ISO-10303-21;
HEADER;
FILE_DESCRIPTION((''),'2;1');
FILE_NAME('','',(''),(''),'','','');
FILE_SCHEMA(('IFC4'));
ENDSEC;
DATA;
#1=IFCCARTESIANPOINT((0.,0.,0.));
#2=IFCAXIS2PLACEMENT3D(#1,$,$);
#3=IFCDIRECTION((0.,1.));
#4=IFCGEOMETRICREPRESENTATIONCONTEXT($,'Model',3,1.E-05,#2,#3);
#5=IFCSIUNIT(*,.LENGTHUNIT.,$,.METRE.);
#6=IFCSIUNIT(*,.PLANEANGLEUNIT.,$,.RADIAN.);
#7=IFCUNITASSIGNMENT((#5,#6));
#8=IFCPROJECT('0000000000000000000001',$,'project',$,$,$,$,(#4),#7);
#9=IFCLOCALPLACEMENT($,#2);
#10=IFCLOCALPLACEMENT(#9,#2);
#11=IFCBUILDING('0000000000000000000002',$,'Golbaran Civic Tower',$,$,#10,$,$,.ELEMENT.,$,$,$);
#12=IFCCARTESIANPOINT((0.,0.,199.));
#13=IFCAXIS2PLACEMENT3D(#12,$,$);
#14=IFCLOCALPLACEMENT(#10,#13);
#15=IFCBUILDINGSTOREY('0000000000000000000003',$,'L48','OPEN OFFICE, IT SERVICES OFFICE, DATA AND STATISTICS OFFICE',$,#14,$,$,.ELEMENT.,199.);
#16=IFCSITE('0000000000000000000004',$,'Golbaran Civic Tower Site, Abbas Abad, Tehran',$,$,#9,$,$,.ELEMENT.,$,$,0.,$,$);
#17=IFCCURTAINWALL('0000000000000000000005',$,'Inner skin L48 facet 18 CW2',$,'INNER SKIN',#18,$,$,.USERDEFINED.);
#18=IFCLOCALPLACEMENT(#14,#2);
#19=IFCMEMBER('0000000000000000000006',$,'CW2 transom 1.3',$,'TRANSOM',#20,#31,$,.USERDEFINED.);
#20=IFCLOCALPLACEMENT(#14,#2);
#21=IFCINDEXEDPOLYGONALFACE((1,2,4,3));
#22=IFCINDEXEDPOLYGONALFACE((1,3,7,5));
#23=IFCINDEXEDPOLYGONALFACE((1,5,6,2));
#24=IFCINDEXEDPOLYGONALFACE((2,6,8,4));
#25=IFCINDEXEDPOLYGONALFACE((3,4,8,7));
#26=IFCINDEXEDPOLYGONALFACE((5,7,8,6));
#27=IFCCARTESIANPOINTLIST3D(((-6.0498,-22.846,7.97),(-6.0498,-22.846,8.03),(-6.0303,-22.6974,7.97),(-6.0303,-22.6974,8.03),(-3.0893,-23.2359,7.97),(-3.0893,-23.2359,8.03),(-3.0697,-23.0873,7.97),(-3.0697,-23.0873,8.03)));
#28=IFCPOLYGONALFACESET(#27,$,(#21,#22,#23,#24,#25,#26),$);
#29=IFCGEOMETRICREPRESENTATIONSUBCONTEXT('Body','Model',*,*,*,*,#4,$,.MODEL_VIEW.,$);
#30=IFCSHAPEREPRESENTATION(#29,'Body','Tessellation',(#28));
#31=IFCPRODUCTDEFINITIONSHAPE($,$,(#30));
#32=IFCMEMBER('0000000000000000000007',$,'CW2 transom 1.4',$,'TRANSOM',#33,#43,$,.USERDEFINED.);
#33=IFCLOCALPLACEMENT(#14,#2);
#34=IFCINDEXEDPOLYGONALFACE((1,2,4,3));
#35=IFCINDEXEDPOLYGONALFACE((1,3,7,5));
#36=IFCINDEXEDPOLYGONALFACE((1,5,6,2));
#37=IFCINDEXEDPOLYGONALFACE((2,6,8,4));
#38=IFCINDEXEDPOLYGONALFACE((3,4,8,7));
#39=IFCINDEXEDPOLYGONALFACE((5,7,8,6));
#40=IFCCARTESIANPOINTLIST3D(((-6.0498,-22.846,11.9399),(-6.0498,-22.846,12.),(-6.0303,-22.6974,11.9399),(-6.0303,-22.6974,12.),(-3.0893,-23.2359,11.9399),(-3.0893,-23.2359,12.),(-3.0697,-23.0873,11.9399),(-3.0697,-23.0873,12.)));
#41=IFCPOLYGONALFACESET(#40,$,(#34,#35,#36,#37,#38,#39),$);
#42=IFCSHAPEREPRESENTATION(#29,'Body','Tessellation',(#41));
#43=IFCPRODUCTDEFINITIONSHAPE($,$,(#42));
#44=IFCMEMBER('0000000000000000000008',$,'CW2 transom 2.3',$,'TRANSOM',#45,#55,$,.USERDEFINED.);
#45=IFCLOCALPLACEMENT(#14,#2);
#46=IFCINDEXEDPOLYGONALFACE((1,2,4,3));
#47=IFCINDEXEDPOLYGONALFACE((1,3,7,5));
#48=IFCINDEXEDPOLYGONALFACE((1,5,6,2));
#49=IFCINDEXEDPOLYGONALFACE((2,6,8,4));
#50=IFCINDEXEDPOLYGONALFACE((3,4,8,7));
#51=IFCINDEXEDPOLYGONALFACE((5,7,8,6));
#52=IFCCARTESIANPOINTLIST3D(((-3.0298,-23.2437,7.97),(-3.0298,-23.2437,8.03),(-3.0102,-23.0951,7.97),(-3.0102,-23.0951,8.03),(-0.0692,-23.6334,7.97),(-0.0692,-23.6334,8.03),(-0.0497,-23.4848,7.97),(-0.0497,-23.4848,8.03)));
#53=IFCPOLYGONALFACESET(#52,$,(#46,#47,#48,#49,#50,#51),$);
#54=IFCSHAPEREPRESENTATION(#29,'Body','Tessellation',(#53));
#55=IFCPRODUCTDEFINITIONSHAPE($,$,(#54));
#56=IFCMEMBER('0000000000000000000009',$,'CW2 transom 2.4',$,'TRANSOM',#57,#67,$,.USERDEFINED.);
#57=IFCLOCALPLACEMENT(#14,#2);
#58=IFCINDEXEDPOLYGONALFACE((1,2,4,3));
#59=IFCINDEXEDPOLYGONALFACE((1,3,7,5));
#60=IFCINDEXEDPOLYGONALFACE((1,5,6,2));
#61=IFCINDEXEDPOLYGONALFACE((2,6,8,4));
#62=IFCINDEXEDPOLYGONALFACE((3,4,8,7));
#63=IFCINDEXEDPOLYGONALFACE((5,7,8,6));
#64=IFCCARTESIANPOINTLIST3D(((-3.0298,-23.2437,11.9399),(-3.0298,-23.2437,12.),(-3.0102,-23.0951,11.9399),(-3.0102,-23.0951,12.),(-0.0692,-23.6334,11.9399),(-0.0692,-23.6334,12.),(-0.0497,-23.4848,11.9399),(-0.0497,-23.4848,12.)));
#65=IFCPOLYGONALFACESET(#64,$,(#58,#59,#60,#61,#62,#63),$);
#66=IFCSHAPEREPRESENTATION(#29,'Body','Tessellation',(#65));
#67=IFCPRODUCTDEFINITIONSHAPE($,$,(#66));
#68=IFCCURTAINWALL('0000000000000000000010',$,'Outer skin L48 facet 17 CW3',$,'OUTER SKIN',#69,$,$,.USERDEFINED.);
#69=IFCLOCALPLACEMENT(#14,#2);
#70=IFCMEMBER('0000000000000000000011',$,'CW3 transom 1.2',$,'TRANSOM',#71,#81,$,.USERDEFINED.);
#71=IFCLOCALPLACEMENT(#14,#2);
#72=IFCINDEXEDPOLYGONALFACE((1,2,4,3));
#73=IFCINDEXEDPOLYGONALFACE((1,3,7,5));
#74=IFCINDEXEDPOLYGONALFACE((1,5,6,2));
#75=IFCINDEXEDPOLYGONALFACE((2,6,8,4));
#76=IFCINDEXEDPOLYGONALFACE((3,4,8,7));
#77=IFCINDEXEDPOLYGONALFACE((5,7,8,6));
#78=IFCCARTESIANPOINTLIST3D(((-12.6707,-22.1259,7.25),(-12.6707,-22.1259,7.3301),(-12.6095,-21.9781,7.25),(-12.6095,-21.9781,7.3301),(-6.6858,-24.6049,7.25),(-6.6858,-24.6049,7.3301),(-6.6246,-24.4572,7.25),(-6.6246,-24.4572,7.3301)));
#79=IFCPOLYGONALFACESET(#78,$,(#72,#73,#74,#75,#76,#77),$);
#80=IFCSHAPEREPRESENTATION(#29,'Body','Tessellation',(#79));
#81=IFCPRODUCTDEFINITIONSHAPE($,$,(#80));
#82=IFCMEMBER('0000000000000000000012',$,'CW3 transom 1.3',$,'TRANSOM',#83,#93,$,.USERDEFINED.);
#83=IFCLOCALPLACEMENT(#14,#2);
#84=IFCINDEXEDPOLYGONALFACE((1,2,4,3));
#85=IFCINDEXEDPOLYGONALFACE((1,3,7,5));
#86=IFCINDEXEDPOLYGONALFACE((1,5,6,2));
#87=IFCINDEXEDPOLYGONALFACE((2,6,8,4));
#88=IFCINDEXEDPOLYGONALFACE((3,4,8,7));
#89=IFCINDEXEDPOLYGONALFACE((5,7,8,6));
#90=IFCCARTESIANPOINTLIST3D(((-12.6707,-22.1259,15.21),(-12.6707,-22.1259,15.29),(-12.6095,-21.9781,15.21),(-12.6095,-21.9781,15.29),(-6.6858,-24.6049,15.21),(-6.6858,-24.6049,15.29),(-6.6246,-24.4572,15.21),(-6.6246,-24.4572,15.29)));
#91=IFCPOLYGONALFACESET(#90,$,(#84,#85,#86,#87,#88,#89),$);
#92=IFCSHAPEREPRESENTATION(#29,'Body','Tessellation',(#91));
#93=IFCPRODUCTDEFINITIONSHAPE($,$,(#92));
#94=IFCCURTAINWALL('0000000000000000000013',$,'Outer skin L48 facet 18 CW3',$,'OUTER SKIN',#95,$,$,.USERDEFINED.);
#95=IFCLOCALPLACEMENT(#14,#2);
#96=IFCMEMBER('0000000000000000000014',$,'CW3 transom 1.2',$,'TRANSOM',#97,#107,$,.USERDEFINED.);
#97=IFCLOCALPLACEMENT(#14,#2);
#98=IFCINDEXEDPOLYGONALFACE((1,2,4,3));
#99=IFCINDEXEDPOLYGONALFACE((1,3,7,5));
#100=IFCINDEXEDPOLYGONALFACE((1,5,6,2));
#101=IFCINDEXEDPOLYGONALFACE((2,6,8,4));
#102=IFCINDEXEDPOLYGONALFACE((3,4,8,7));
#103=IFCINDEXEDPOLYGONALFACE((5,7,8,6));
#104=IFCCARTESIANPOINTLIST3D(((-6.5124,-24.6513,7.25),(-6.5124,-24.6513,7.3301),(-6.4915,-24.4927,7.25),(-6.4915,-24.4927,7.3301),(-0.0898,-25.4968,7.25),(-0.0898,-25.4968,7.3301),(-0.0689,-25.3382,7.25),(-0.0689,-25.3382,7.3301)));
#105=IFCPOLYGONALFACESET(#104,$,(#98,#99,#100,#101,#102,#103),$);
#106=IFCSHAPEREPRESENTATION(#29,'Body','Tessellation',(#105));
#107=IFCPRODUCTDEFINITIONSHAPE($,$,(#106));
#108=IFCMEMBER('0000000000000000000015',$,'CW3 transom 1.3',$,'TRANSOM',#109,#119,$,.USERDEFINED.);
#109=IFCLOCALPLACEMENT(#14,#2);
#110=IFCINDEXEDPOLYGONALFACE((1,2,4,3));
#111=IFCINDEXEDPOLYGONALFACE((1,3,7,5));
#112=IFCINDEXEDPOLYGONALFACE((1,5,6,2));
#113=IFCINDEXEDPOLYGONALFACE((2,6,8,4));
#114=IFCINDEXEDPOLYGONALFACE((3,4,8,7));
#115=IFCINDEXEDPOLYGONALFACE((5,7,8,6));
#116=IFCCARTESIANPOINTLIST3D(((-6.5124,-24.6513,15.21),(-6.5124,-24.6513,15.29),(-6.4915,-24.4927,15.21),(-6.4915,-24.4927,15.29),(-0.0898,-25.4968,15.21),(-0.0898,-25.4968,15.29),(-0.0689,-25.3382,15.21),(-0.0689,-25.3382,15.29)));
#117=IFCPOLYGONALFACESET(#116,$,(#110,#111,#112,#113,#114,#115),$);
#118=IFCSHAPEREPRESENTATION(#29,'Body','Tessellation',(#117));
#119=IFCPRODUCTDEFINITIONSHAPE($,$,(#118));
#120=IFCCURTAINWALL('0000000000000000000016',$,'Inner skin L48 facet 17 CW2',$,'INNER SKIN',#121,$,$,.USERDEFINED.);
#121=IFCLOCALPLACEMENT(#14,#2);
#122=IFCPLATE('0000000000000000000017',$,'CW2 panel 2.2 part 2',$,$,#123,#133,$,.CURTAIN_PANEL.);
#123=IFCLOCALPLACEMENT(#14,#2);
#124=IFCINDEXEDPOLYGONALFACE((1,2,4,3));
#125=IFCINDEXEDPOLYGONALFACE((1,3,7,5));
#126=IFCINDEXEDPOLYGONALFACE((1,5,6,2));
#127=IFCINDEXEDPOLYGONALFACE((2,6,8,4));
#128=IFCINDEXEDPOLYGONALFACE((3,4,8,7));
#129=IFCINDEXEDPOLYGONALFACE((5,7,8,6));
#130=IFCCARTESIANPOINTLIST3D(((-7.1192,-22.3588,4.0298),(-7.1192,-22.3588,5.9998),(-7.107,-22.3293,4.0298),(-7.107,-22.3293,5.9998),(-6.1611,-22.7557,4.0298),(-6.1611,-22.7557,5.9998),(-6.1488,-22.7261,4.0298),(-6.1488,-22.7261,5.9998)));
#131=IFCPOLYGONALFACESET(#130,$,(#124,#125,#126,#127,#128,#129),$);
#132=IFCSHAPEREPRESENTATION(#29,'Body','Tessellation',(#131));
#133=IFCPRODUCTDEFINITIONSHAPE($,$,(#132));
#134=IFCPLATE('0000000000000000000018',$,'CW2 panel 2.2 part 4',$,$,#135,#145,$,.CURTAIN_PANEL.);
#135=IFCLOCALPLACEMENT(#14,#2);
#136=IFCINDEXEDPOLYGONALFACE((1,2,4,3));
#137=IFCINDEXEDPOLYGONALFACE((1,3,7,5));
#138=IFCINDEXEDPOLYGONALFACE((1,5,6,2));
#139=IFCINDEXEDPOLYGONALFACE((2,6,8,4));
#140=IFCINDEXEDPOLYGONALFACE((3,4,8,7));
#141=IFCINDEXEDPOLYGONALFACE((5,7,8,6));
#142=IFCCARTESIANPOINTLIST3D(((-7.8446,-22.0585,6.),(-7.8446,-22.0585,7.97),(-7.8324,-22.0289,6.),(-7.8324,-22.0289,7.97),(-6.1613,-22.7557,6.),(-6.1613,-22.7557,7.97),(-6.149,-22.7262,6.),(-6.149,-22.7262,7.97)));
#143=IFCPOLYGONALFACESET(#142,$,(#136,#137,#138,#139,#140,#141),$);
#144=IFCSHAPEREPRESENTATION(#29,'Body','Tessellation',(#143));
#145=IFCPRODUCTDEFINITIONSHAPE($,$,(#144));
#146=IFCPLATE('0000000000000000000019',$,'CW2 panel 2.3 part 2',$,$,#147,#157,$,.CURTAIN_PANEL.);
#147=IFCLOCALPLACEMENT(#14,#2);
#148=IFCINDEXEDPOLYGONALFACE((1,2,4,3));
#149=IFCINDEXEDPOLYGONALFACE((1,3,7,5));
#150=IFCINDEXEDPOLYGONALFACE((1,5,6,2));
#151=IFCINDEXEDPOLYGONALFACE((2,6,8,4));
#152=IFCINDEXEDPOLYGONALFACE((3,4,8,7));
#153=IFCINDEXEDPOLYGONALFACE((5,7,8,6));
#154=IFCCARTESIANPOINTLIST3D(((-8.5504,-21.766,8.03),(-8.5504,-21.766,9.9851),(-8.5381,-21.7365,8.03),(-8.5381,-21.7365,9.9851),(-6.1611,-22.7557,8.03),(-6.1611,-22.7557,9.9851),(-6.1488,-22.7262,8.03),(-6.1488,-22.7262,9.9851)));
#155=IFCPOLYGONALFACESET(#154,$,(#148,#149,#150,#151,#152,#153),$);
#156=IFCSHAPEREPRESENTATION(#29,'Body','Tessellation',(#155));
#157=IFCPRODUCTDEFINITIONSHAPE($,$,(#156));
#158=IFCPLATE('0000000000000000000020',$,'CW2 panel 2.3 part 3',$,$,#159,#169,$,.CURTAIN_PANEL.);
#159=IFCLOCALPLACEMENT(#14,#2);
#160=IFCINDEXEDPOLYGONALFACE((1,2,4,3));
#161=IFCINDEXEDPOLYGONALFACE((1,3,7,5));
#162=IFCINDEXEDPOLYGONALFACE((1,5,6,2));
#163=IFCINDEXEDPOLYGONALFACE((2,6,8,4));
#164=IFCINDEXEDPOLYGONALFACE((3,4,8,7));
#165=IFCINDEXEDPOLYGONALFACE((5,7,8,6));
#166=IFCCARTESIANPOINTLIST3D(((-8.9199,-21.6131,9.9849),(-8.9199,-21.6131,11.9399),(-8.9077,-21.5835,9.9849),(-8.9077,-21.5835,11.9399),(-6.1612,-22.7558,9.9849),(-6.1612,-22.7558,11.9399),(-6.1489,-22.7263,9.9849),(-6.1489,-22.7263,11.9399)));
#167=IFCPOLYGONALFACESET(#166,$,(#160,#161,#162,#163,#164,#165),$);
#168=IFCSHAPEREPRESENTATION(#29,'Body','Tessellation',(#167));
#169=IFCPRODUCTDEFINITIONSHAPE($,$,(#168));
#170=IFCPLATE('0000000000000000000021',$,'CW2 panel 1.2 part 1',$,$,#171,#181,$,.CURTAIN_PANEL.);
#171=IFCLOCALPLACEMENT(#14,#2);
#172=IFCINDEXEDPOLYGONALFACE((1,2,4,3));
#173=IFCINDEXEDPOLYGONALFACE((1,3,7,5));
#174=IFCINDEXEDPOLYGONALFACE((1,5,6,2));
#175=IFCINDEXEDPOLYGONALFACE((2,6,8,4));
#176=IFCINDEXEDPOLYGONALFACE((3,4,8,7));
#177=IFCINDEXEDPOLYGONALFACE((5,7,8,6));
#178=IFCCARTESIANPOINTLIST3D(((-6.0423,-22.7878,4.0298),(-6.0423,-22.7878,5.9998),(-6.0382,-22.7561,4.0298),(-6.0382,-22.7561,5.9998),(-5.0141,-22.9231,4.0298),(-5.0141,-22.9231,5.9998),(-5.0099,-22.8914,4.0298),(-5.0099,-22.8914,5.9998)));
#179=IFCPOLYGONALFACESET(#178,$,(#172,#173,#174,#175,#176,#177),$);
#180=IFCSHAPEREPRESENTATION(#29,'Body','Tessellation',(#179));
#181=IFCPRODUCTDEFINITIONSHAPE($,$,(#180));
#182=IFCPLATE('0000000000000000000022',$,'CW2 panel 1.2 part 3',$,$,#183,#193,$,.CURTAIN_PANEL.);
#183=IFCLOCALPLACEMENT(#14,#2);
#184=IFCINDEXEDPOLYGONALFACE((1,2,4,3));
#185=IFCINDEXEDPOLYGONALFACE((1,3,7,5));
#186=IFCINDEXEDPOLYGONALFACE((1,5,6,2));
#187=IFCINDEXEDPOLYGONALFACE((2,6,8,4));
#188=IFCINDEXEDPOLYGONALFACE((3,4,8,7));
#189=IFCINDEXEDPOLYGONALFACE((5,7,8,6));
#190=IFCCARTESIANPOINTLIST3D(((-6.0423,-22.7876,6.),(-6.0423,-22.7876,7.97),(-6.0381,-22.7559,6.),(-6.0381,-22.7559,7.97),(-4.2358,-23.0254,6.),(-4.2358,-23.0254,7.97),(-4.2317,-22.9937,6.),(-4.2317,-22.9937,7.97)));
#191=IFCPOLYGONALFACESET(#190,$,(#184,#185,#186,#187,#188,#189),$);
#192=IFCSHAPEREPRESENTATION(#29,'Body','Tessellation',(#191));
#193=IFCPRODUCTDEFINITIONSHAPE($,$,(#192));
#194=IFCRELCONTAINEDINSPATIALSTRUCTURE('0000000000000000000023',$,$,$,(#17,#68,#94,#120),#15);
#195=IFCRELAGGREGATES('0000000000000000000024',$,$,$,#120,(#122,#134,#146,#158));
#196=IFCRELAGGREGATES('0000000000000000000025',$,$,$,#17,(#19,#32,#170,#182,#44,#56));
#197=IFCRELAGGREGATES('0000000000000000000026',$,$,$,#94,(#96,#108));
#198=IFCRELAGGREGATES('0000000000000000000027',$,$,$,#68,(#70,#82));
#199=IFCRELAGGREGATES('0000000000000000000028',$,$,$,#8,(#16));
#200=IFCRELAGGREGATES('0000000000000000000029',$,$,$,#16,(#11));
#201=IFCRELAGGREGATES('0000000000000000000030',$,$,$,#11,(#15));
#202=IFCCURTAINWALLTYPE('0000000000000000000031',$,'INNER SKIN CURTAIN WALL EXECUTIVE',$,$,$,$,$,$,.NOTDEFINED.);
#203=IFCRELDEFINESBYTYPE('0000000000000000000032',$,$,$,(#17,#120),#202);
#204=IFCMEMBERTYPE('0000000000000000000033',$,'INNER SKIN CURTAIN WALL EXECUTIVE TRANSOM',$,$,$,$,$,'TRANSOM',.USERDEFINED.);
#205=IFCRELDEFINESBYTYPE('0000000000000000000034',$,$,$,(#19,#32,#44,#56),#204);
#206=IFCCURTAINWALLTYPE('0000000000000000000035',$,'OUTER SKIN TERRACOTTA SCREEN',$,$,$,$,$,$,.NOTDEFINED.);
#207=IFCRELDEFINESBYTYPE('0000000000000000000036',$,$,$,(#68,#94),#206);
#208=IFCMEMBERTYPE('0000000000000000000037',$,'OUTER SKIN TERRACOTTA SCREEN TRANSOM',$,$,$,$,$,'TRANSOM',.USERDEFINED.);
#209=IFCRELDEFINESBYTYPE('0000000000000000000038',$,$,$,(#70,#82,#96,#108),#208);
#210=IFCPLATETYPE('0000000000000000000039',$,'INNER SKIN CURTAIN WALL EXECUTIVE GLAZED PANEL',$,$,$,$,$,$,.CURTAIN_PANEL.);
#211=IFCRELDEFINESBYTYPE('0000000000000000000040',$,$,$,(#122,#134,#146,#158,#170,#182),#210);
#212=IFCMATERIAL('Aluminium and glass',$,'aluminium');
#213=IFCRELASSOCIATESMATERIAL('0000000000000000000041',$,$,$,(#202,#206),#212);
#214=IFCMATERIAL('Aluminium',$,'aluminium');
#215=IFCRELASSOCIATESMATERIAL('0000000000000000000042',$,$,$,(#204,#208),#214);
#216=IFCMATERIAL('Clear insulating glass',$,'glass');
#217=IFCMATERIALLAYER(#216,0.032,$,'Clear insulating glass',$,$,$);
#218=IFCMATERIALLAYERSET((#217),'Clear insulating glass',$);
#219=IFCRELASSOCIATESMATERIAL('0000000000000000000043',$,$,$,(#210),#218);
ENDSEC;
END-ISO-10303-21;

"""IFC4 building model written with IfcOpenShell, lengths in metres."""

from ifc_helpers import new_model, si_unit, direction, frame, origin, origin_2d, place, context, subcontext, project, spatial, rectangle, extrude, material, layer, layer_set, material_profile, profile_set, type_object, element, aggregate, save


model = new_model("IFC4")

# Units and contexts
model_context = context("Model", 3, precision=1e-05, world=origin(), true_north=direction((0.0, 1.0)))
body_context = subcontext(model_context, "Body", "Model", "MODEL_VIEW")
ifc_project = project(units=[si_unit("LENGTHUNIT", "METRE"), si_unit("PLANEANGLEUNIT", "RADIAN")], contexts=[model_context])

# Site, building, storey
site_placement = place(None, origin())
site = spatial("IfcSite", under=ifc_project, at=site_placement, Name="Golbaran Civic Tower Site, Abbas Abad, Tehran", CompositionType="ELEMENT", RefElevation=0.0)
building_placement = place(site_placement, origin())
building = spatial("IfcBuilding", under=site, at=building_placement, Name="Golbaran Civic Tower", CompositionType="ELEMENT")
storey_placement = place(building_placement, frame((0.0, 0.0, 199.0)))
storey = spatial("IfcBuildingStorey", under=building, at=storey_placement, Name="L48", Description="OPEN OFFICE, IT SERVICES OFFICE, DATA AND STATISTICS OFFICE", CompositionType="ELEMENT", Elevation=199.0)

# Curtain walls, members
ifc_material_1 = material(Name="Aluminium and glass", Category="aluminium")
curtain_wall_type_1 = type_object("IfcCurtainWallType", Name="INNER SKIN CURTAIN WALL EXECUTIVE", PredefinedType="NOTDEFINED", material=ifc_material_1)
curtain_wall_1_placement = place(storey_placement, origin())
curtain_wall_1 = element("IfcCurtainWall", 1, at=curtain_wall_1_placement, inside=storey, type_object=curtain_wall_type_1, Name="Inner skin L48 facet 18 CW2", ObjectType="INNER SKIN", PredefinedType="USERDEFINED")
ifc_material_2 = material(Name="Aluminium", Category="aluminium")
ifc_material_profile_1 = material_profile(ifc_material_2, rectangle(XDim=0.1499, YDim=0.0601, at=origin_2d()), Name="INNER SKIN CURTAIN WALL EXECUTIVE TRANSOM")
ifc_profile_set_1 = profile_set([ifc_material_profile_1], Name="Aluminium")
member_type_1 = type_object("IfcMemberType", Name="INNER SKIN CURTAIN WALL EXECUTIVE TRANSOM", ElementType="TRANSOM", PredefinedType="USERDEFINED", material=ifc_profile_set_1)
member_1_placement = place(storey_placement, frame((-6.04, -22.7717, 8.0), z_axis=(0.991439, -0.130573, 0.0), x_axis=(0.130573, 0.991439, 0.0)))
member_1 = element("IfcMember", 2, at=member_1_placement, type_object=member_type_1, Name="CW2 transom 1.3", ObjectType="TRANSOM", PredefinedType="USERDEFINED", context=body_context, shape_type="SweptSolid", body=[
    extrude(rectangle(XDim=0.1499, YDim=0.0601, at=origin_2d()), origin(), (0.0, 0.0, 1.0), 2.9861),
])
member_2_placement = place(storey_placement, frame((-6.04, -22.7717, 11.97), z_axis=(0.991439, -0.130573, 0.0), x_axis=(0.130573, 0.991439, 0.0)))
member_2 = element("IfcMember", 3, at=member_2_placement, type_object=member_type_1, Name="CW2 transom 1.4", ObjectType="TRANSOM", PredefinedType="USERDEFINED", context=body_context, shape_type="SweptSolid", body=[
    extrude(rectangle(XDim=0.1499, YDim=0.0601, at=origin_2d()), origin(), (0.0, 0.0, 1.0), 2.9861),
])
member_3_placement = place(storey_placement, frame((-3.02, -23.1694, 8.0), z_axis=(0.991449, -0.130493, 0.0), x_axis=(0.130493, 0.991449, 0.0)))
member_3 = element("IfcMember", 4, at=member_3_placement, type_object=member_type_1, Name="CW2 transom 2.3", ObjectType="TRANSOM", PredefinedType="USERDEFINED", context=body_context, shape_type="SweptSolid", body=[
    extrude(rectangle(XDim=0.1499, YDim=0.0601, at=origin_2d()), origin(), (0.0, 0.0, 1.0), 2.9861),
])
member_4_placement = place(storey_placement, frame((-3.02, -23.1694, 11.97), z_axis=(0.991449, -0.130493, 0.0), x_axis=(0.130493, 0.991449, 0.0)))
member_4 = element("IfcMember", 5, at=member_4_placement, type_object=member_type_1, Name="CW2 transom 2.4", ObjectType="TRANSOM", PredefinedType="USERDEFINED", context=body_context, shape_type="SweptSolid", body=[
    extrude(rectangle(XDim=0.1499, YDim=0.0601, at=origin_2d()), origin(), (0.0, 0.0, 1.0), 2.9861),
])
curtain_wall_type_2 = type_object("IfcCurtainWallType", Name="OUTER SKIN TERRACOTTA SCREEN", PredefinedType="NOTDEFINED", material=ifc_material_1)
curtain_wall_2_placement = place(storey_placement, origin())
curtain_wall_2 = element("IfcCurtainWall", 6, at=curtain_wall_2_placement, inside=storey, type_object=curtain_wall_type_2, Name="Outer skin L48 facet 17 CW3", ObjectType="OUTER SKIN", PredefinedType="USERDEFINED")
ifc_material_profile_2 = material_profile(ifc_material_2, rectangle(XDim=0.1599, YDim=0.0801, at=origin_2d()), Name="OUTER SKIN TERRACOTTA SCREEN TRANSOM")
ifc_profile_set_2 = profile_set([ifc_material_profile_2], Name="Aluminium")
member_type_2 = type_object("IfcMemberType", Name="OUTER SKIN TERRACOTTA SCREEN TRANSOM", ElementType="TRANSOM", PredefinedType="USERDEFINED", material=ifc_profile_set_2)
member_5_placement = place(storey_placement, frame((-12.6401, -22.052, 7.29), z_axis=(0.92388, -0.382682, 0.0), x_axis=(0.382682, 0.92388, 0.0)))
member_5 = element("IfcMember", 7, at=member_5_placement, type_object=member_type_2, Name="CW3 transom 1.2", ObjectType="TRANSOM", PredefinedType="USERDEFINED", context=body_context, shape_type="SweptSolid", body=[
    extrude(rectangle(XDim=0.1599, YDim=0.0801, at=origin_2d()), origin(), (0.0, 0.0, 1.0), 6.478),
])
member_6_placement = place(storey_placement, frame((-12.6401, -22.052, 15.25), z_axis=(0.92388, -0.382682, 0.0), x_axis=(0.382682, 0.92388, 0.0)))
member_6 = element("IfcMember", 8, at=member_6_placement, type_object=member_type_2, Name="CW3 transom 1.3", ObjectType="TRANSOM", PredefinedType="USERDEFINED", context=body_context, shape_type="SweptSolid", body=[
    extrude(rectangle(XDim=0.1599, YDim=0.0801, at=origin_2d()), origin(), (0.0, 0.0, 1.0), 6.478),
])
curtain_wall_3_placement = place(storey_placement, origin())
curtain_wall_3 = element("IfcCurtainWall", 9, at=curtain_wall_3_placement, inside=storey, type_object=curtain_wall_type_2, Name="Outer skin L48 facet 18 CW3", ObjectType="OUTER SKIN", PredefinedType="USERDEFINED")
member_7_placement = place(storey_placement, frame((-6.502, -24.572, 7.29), z_axis=(0.991447, -0.130512, 0.0), x_axis=(0.130512, 0.991447, 0.0)))
member_7 = element("IfcMember", 10, at=member_7_placement, type_object=member_type_2, Name="CW3 transom 1.2", ObjectType="TRANSOM", PredefinedType="USERDEFINED", context=body_context, shape_type="SweptSolid", body=[
    extrude(rectangle(XDim=0.1599, YDim=0.0801, at=origin_2d()), origin(), (0.0, 0.0, 1.0), 6.478),
])
member_8_placement = place(storey_placement, frame((-6.502, -24.572, 15.25), z_axis=(0.991447, -0.130512, 0.0), x_axis=(0.130512, 0.991447, 0.0)))
member_8 = element("IfcMember", 11, at=member_8_placement, type_object=member_type_2, Name="CW3 transom 1.3", ObjectType="TRANSOM", PredefinedType="USERDEFINED", context=body_context, shape_type="SweptSolid", body=[
    extrude(rectangle(XDim=0.1599, YDim=0.0801, at=origin_2d()), origin(), (0.0, 0.0, 1.0), 6.478),
])

# Curtain wall, plates
curtain_wall_4_placement = place(storey_placement, origin())
curtain_wall_4 = element("IfcCurtainWall", 12, at=curtain_wall_4_placement, inside=storey, type_object=curtain_wall_type_1, Name="Inner skin L48 facet 17 CW2", ObjectType="INNER SKIN", PredefinedType="USERDEFINED")
ifc_material_3 = material(Name="Clear insulating glass", Category="glass")
ifc_layer_1 = layer(ifc_material_3, 0.032, Name="Clear insulating glass")
ifc_layer_set_1 = layer_set([ifc_layer_1], Name="Clear insulating glass")
plate_type_1 = type_object("IfcPlateType", Name="INNER SKIN CURTAIN WALL EXECUTIVE GLAZED PANEL", PredefinedType="CURTAIN_PANEL", material=ifc_layer_set_1)
plate_1_placement = place(storey_placement, frame((-6.634, -22.5425, 4.0298), z_axis=(0.0, 0.0, 1.0), x_axis=(0.92388, -0.382683, 0.0)))
plate_1 = element("IfcPlate", 13, at=plate_1_placement, type_object=plate_type_1, Name="CW2 panel 2.2 part 2", PredefinedType="CURTAIN_PANEL", context=body_context, shape_type="SweptSolid", body=[
    extrude(rectangle(XDim=1.0371, YDim=0.032, at=origin_2d()), origin(), (0.0, 0.0, 1.0), 1.97),
])
plate_2_placement = place(storey_placement, frame((-6.9968, -22.3923, 6.0), z_axis=(0.0, 0.0, 1.0), x_axis=(0.92388, -0.382683, 0.0)))
plate_2 = element("IfcPlate", 14, at=plate_2_placement, type_object=plate_type_1, Name="CW2 panel 2.2 part 4", PredefinedType="CURTAIN_PANEL", context=body_context, shape_type="SweptSolid", body=[
    extrude(rectangle(XDim=1.822, YDim=0.032, at=origin_2d()), origin(), (0.0, 0.0, 1.0), 1.97),
])
plate_3_placement = place(storey_placement, frame((-7.3496, -22.2461, 8.03), z_axis=(0.0, 0.0, 1.0), x_axis=(0.92388, -0.382683, 0.0)))
plate_3 = element("IfcPlate", 15, at=plate_3_placement, type_object=plate_type_1, Name="CW2 panel 2.3 part 2", PredefinedType="CURTAIN_PANEL", context=body_context, shape_type="SweptSolid", body=[
    extrude(rectangle(XDim=2.5862, YDim=0.032, at=origin_2d()), origin(), (0.0, 0.0, 1.0), 1.9551),
])
plate_4_placement = place(storey_placement, frame((-7.5344, -22.1697, 9.9849), z_axis=(0.0, 0.0, 1.0), x_axis=(0.92388, -0.382683, 0.0)))
plate_4 = element("IfcPlate", 16, at=plate_4_placement, type_object=plate_type_1, Name="CW2 panel 2.3 part 3", PredefinedType="CURTAIN_PANEL", context=body_context, shape_type="SweptSolid", body=[
    extrude(rectangle(XDim=2.9861, YDim=0.032, at=origin_2d()), origin(), (0.0, 0.0, 1.0), 1.9551),
])

# Plates
plate_5_placement = place(storey_placement, frame((-5.5261, -22.8396, 4.0298), z_axis=(0.0, 0.0, 1.0), x_axis=(0.991445, -0.130526, 0.0)))
plate_5 = element("IfcPlate", 17, at=plate_5_placement, type_object=plate_type_1, Name="CW2 panel 1.2 part 1", PredefinedType="CURTAIN_PANEL", context=body_context, shape_type="SweptSolid", body=[
    extrude(rectangle(XDim=1.0371, YDim=0.032, at=origin_2d()), origin(), (0.0, 0.0, 1.0), 1.97),
])
plate_6_placement = place(storey_placement, frame((-5.137, -22.8906, 6.0), z_axis=(0.0, 0.0, 1.0), x_axis=(0.991445, -0.130526, 0.0)))
plate_6 = element("IfcPlate", 18, at=plate_6_placement, type_object=plate_type_1, Name="CW2 panel 1.2 part 3", PredefinedType="CURTAIN_PANEL", context=body_context, shape_type="SweptSolid", body=[
    extrude(rectangle(XDim=1.822, YDim=0.032, at=origin_2d()), origin(), (0.0, 0.0, 1.0), 1.97),
])
aggregate(curtain_wall_4, [plate_1, plate_2, plate_3, plate_4])
aggregate(curtain_wall_1, [member_1, member_2, plate_5, plate_6, member_3, member_4])

aggregate(curtain_wall_3, [member_7, member_8])
aggregate(curtain_wall_2, [member_5, member_6])

save(model, "model.ifc")
